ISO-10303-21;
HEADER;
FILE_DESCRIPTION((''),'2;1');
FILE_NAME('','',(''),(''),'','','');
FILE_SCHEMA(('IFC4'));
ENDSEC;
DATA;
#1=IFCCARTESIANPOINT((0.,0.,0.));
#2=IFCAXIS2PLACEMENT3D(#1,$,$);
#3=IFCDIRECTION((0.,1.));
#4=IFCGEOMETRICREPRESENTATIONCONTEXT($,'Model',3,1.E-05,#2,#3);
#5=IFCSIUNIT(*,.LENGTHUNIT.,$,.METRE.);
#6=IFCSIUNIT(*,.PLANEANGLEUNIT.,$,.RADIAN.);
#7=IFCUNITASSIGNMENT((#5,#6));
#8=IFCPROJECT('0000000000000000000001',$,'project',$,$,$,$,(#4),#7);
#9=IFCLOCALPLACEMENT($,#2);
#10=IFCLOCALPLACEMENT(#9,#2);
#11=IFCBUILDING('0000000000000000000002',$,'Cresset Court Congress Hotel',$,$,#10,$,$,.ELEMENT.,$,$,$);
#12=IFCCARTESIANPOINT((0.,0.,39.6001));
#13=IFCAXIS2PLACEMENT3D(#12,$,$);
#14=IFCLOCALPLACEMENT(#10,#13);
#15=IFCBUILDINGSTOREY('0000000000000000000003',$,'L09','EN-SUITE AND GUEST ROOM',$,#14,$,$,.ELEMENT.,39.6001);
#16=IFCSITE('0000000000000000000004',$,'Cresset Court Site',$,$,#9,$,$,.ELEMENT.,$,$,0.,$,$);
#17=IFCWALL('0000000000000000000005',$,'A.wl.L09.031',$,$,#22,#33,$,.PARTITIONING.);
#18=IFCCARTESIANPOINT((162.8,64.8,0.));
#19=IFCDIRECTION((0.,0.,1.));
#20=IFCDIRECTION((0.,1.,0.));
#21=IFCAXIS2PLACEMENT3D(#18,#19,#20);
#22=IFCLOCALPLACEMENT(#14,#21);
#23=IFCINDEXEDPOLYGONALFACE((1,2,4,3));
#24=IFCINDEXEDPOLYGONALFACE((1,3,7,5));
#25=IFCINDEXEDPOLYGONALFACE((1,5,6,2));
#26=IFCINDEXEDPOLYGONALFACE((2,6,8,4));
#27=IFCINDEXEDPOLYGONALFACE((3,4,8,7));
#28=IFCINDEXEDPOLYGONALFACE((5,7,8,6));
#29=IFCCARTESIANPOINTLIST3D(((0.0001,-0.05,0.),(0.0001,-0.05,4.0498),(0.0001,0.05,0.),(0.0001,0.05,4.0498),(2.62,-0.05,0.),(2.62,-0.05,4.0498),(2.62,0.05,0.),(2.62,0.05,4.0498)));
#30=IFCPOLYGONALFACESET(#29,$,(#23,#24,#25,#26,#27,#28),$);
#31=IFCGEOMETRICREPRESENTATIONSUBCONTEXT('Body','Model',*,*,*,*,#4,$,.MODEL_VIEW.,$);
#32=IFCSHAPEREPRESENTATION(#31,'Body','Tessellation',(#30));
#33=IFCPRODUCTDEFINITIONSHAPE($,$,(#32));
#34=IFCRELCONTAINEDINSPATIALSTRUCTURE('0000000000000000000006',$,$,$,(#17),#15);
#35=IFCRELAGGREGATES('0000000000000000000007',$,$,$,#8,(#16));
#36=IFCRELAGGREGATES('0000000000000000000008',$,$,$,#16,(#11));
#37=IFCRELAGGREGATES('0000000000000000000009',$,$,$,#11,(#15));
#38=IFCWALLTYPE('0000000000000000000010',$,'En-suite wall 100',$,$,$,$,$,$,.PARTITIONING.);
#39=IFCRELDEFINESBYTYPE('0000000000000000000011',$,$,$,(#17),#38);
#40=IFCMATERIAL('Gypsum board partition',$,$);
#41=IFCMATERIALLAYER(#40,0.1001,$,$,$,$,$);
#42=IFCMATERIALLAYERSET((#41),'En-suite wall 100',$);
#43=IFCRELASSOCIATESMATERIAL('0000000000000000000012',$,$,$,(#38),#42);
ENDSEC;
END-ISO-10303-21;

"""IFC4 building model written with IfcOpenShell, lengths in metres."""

from ifc_helpers import new_model, si_unit, direction, frame, frame_2d, origin, place, context, subcontext, project, spatial, rectangle, extrude, material, layer, layer_set, type_object, element, save


model = new_model("IFC4")

# Units and contexts
model_context = context("Model", 3, precision=1e-05, world=origin(), true_north=direction((0.0, 1.0)))
body_context = subcontext(model_context, "Body", "Model", "MODEL_VIEW")
ifc_project = project(units=[si_unit("LENGTHUNIT", "METRE"), si_unit("PLANEANGLEUNIT", "RADIAN")], contexts=[model_context])

# Site, building, storey
site_placement = place(None, origin())
site = spatial("IfcSite", under=ifc_project, at=site_placement, Name="Cresset Court Site", CompositionType="ELEMENT", RefElevation=0.0)
building_placement = place(site_placement, origin())
building = spatial("IfcBuilding", under=site, at=building_placement, Name="Cresset Court Congress Hotel", CompositionType="ELEMENT")
storey_placement = place(building_placement, frame((0.0, 0.0, 39.6001)))
storey = spatial("IfcBuildingStorey", under=building, at=storey_placement, Name="L09", Description="EN-SUITE AND GUEST ROOM", CompositionType="ELEMENT", Elevation=39.6001)

# Shared definitions
ifc_material_1 = material(Name="Gypsum board partition")
ifc_layer_1 = layer(ifc_material_1, 0.1001)
ifc_layer_set_1 = layer_set([ifc_layer_1], Name="En-suite wall 100")
wall_type_1 = type_object("IfcWallType", Name="En-suite wall 100", PredefinedType="PARTITIONING", material=ifc_layer_set_1)

# Wall
wall_1_placement = place(storey_placement, frame((162.8, 64.8, 0.0), z_axis=(0.0, 0.0, 1.0), x_axis=(0.0, 1.0, 0.0)))
element("IfcWall", 1, at=wall_1_placement, inside=storey, type_object=wall_type_1, Name="A.wl.L09.031", PredefinedType="PARTITIONING", context=body_context, shape_type="SweptSolid", body=[
    extrude(rectangle(XDim=2.6199, YDim=0.1001, at=frame_2d((1.3101, 0.0))), origin(), (0.0, 0.0, 1.0), 4.0498),
])

save(model, "model.ifc")
